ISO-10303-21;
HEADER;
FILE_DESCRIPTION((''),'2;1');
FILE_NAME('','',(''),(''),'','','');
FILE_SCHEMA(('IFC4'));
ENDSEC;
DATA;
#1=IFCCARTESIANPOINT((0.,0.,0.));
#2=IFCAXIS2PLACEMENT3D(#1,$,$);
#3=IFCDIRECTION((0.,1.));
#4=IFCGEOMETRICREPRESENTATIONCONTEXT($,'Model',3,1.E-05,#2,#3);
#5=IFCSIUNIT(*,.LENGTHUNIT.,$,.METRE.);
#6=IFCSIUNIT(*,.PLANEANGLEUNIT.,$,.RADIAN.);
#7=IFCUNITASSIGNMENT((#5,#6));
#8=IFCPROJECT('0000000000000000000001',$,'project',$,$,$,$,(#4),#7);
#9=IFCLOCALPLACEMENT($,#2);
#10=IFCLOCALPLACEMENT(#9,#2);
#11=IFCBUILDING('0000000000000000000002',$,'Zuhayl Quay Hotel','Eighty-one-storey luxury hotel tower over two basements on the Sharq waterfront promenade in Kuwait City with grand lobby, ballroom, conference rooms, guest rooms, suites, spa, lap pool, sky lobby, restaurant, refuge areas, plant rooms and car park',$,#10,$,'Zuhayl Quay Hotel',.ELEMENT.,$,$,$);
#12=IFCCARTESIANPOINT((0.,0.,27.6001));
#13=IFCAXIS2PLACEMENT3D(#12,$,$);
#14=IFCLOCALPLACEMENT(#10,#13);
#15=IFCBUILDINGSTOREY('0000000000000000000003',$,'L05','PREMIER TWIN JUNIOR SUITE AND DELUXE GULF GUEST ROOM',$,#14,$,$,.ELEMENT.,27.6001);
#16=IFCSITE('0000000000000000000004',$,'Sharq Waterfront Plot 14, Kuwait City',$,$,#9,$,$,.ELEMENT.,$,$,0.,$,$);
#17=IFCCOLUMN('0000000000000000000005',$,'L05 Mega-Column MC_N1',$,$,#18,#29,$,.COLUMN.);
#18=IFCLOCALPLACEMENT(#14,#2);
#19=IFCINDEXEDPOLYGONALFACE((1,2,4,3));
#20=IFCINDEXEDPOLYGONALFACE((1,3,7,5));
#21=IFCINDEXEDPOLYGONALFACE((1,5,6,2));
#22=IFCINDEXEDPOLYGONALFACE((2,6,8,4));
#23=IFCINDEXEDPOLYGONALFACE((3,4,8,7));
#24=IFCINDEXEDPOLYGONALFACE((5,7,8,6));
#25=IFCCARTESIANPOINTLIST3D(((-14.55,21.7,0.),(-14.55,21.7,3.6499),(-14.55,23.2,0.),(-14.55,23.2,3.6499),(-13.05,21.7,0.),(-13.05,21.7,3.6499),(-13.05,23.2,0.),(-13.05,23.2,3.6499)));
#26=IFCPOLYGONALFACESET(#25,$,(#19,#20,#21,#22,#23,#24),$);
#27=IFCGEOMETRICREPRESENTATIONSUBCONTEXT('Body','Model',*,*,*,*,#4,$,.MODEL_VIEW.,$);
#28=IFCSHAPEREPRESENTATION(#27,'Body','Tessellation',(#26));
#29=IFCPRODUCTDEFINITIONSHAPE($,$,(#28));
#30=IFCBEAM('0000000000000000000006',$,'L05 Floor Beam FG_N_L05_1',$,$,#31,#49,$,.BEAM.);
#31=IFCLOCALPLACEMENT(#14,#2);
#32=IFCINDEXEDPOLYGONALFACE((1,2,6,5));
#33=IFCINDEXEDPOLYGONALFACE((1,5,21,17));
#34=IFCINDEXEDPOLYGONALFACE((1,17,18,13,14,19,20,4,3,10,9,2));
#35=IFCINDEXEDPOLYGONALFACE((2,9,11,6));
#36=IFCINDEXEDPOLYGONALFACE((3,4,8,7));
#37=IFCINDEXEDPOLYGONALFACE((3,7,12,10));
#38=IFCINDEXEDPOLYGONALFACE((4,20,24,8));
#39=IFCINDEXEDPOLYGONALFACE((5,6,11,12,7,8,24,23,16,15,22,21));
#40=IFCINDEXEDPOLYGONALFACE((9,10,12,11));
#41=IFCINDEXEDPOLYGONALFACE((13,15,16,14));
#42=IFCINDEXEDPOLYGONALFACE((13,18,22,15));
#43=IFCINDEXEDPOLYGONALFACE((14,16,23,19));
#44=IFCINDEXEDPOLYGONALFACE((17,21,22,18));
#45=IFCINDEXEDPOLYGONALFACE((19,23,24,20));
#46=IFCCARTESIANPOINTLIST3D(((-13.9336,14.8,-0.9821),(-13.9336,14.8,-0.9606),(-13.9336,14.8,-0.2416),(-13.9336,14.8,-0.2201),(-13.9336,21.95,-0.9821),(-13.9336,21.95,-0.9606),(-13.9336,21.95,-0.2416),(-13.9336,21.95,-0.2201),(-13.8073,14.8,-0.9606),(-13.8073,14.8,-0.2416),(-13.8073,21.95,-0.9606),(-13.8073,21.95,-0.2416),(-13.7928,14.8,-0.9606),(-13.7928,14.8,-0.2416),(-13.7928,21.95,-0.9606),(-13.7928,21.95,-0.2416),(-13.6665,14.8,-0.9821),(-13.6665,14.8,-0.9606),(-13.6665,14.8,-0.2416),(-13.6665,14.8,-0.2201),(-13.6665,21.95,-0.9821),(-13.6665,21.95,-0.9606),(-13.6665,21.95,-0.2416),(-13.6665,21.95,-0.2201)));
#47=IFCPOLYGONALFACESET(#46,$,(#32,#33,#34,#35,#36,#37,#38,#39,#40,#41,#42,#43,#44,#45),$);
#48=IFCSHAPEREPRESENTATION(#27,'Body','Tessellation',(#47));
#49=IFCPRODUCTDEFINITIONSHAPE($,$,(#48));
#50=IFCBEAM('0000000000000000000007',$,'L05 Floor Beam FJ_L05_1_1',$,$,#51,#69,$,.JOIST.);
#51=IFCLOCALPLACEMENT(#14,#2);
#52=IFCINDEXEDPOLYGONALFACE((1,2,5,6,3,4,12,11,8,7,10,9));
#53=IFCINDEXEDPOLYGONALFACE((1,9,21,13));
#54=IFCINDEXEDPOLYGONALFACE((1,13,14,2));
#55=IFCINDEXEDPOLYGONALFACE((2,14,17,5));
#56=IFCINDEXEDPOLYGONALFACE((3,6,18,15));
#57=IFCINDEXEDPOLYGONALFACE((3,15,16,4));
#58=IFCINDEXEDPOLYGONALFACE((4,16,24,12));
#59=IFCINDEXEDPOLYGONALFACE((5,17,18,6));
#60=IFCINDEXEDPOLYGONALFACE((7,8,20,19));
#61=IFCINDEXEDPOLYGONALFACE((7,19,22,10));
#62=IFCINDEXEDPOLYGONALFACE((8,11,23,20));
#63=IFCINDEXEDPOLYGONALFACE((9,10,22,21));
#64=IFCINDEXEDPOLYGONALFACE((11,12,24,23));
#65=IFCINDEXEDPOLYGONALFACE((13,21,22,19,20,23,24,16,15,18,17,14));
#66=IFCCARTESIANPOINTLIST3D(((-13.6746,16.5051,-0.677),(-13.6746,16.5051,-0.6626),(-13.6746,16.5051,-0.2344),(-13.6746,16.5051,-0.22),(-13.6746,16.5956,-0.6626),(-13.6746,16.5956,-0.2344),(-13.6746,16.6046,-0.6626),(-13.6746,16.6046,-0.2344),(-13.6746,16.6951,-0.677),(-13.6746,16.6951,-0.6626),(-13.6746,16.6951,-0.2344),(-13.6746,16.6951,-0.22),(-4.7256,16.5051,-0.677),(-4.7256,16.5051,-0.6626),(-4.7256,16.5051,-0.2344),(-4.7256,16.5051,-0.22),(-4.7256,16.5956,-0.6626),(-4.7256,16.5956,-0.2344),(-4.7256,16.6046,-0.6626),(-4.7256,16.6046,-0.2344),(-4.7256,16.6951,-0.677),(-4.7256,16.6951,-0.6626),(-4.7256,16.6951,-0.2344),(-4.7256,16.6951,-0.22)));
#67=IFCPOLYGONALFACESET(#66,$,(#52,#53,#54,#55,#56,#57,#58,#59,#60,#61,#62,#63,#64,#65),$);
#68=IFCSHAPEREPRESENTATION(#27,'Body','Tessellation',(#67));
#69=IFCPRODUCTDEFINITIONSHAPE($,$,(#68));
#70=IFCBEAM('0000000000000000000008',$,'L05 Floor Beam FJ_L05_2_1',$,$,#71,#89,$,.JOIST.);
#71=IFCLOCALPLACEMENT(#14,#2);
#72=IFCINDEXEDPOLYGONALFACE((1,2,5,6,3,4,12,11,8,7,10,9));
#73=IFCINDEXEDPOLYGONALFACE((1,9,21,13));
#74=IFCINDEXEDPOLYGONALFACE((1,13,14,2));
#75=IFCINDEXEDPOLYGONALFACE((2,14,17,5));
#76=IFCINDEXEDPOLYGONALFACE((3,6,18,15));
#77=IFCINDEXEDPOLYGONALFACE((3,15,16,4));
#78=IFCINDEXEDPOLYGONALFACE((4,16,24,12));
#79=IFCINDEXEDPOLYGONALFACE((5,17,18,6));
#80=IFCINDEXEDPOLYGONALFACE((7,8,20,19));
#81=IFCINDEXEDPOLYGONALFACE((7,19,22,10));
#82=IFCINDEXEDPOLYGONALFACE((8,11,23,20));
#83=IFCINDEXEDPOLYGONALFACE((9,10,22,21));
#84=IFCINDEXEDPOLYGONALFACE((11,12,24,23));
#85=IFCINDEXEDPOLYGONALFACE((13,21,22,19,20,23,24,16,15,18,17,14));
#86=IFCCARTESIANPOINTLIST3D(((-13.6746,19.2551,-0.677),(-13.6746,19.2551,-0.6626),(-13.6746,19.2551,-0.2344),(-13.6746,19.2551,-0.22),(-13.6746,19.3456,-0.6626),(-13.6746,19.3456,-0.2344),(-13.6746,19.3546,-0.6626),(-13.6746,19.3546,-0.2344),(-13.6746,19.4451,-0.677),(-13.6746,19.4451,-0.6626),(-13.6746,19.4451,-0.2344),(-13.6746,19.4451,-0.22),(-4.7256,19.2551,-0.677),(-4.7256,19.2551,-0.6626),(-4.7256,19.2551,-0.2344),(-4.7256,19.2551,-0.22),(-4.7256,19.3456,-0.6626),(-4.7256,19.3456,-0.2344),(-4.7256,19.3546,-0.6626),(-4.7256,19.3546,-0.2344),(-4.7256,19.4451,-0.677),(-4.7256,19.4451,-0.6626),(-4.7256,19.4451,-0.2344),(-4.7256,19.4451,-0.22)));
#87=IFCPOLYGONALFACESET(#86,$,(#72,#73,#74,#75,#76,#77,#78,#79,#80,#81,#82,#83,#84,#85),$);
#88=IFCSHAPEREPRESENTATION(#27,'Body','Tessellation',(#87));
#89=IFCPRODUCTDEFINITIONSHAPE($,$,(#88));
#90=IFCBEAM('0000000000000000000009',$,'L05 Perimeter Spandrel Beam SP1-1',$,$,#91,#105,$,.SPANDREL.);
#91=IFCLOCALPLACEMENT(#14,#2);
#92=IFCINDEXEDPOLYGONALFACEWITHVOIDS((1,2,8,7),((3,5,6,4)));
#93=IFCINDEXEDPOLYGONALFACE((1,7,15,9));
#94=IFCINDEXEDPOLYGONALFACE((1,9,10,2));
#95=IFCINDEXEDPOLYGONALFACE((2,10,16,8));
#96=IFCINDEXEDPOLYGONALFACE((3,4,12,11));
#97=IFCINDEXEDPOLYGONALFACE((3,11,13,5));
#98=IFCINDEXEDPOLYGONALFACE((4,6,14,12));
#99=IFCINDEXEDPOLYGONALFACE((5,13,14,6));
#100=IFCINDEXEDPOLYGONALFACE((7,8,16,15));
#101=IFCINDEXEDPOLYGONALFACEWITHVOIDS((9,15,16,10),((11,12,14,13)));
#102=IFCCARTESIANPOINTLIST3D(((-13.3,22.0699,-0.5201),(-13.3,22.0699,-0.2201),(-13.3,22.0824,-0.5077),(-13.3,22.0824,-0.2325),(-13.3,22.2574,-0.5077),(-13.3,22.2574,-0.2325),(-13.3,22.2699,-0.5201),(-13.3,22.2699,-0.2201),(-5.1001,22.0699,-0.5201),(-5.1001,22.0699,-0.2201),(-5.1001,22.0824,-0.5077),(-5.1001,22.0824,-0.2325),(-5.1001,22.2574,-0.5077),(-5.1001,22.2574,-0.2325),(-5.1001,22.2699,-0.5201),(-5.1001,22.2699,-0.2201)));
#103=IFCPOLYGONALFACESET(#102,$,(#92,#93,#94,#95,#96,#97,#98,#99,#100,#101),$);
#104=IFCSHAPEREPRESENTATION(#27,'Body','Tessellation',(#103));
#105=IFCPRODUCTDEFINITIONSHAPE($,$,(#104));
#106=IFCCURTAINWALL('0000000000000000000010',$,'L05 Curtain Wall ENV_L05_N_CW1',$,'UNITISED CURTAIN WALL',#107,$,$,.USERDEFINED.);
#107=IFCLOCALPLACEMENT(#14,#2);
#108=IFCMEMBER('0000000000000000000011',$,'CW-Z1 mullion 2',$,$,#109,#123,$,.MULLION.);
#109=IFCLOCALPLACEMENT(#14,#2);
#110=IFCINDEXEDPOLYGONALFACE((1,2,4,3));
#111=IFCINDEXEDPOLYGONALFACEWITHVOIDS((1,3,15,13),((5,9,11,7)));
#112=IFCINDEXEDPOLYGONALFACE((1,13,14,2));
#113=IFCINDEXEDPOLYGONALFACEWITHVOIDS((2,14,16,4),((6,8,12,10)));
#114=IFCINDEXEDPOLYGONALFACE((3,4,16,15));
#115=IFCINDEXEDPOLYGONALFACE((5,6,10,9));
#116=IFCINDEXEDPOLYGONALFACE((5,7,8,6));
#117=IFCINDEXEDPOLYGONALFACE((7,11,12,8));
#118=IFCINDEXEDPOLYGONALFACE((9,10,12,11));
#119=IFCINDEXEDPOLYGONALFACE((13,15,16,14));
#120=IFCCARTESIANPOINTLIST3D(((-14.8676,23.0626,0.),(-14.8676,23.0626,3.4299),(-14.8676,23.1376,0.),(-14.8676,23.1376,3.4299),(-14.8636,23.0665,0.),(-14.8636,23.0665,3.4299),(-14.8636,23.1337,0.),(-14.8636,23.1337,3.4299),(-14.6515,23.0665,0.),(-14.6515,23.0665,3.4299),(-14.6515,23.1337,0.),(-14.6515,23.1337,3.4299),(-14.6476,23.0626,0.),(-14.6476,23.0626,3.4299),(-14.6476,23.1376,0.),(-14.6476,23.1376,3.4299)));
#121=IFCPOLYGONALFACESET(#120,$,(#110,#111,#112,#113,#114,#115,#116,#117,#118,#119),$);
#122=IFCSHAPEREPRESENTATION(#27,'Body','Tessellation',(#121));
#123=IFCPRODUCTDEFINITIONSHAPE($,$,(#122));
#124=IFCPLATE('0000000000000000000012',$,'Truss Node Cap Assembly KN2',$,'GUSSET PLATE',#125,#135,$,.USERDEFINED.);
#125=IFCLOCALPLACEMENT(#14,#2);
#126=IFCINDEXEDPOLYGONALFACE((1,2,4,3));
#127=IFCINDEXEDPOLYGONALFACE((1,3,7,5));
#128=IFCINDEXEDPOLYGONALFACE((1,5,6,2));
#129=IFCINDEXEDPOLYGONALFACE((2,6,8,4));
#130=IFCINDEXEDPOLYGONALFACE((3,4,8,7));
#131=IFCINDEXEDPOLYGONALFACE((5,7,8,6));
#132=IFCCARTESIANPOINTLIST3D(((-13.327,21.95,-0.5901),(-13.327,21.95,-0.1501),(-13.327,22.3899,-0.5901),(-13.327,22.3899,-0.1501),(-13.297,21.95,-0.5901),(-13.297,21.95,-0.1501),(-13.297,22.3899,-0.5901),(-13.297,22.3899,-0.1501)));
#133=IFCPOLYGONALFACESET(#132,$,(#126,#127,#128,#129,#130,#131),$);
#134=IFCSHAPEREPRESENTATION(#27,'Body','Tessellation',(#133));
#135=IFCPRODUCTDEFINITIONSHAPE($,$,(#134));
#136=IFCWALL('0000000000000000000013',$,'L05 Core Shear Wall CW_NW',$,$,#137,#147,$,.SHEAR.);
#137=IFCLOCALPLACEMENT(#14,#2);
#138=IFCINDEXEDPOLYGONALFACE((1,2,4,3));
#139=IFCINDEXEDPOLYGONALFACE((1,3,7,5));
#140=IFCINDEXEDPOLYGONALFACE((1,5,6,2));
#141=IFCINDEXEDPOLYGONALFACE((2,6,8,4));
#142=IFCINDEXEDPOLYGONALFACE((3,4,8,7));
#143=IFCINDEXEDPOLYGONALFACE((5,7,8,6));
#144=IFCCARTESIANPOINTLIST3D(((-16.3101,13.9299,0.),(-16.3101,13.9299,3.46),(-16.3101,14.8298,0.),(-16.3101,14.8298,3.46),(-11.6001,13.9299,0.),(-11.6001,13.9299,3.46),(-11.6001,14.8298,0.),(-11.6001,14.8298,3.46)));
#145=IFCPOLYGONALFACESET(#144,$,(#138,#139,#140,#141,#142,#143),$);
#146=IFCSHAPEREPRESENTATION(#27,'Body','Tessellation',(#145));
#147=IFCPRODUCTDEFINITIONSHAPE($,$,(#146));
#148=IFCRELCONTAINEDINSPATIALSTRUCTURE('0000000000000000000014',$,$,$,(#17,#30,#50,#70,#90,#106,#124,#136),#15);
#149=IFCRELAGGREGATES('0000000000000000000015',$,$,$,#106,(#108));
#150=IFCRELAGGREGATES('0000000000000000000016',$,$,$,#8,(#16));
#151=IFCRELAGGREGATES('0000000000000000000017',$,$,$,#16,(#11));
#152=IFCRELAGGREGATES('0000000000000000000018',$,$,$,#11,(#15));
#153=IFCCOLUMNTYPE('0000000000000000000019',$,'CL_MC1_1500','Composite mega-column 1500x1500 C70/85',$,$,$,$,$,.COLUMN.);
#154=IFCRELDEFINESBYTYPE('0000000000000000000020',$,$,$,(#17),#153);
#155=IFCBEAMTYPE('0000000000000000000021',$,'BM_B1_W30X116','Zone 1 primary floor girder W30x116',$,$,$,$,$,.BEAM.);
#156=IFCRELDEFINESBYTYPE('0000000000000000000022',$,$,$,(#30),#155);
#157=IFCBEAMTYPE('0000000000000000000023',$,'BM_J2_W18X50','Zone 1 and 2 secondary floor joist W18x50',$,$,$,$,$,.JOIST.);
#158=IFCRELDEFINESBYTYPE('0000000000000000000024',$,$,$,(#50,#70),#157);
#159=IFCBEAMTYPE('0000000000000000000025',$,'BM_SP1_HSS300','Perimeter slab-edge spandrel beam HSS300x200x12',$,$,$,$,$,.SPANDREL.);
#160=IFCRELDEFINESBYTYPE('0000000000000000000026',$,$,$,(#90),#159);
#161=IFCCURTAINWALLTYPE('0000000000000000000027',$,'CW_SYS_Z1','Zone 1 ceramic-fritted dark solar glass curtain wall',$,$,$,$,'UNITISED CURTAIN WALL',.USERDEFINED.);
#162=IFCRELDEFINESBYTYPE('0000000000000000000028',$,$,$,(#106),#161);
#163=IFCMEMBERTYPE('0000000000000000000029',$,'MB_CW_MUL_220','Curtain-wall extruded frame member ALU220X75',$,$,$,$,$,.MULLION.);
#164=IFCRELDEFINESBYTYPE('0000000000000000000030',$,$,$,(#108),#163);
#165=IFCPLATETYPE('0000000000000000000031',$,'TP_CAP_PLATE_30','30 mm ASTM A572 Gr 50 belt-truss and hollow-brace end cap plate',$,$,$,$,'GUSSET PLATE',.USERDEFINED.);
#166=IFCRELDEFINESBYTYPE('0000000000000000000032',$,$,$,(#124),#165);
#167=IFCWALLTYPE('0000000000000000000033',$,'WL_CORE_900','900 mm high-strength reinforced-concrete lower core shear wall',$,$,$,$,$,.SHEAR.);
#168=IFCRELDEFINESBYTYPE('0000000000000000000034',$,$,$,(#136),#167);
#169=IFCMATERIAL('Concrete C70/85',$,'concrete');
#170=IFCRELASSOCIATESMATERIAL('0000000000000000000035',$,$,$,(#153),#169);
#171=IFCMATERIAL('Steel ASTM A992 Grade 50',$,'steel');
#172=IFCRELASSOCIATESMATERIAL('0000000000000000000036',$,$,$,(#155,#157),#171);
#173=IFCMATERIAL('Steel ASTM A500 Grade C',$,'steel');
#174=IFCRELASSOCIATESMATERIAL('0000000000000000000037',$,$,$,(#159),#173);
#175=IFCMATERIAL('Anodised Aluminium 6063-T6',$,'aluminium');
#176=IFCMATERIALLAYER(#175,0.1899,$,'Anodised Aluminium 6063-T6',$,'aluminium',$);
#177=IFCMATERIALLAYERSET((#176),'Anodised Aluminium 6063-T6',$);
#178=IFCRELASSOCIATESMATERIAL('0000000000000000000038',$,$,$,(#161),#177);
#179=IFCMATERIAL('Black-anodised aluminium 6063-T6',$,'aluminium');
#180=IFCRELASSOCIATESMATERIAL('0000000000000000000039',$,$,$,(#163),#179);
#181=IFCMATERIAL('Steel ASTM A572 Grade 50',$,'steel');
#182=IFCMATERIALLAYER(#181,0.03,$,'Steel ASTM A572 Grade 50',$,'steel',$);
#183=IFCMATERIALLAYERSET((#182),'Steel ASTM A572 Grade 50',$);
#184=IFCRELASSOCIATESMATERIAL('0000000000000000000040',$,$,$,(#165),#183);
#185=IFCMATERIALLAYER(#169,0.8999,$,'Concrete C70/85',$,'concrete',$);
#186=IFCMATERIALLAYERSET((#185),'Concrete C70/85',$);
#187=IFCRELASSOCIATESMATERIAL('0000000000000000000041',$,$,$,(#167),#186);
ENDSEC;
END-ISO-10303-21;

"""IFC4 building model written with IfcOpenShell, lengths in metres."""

from ifc_helpers import new_model, si_unit, direction, frame, frame_2d, origin, origin_2d, place, context, subcontext, project, spatial, rectangle, hollow_rectangle, i_section, extrude, material, layer, layer_set, material_profile, profile_set, type_object, element, aggregate, save


model = new_model("IFC4")

# Units and contexts
model_context = context("Model", 3, precision=1e-05, world=origin(), true_north=direction((0.0, 1.0)))
body_context = subcontext(model_context, "Body", "Model", "MODEL_VIEW")
ifc_project = project(units=[si_unit("LENGTHUNIT", "METRE"), si_unit("PLANEANGLEUNIT", "RADIAN")], contexts=[model_context])

# Site, building, storey
site_placement = place(None, origin())
site = spatial("IfcSite", under=ifc_project, at=site_placement, Name="Sharq Waterfront Plot 14, Kuwait City", CompositionType="ELEMENT", RefElevation=0.0)
building_placement = place(site_placement, origin())
building = spatial("IfcBuilding", under=site, at=building_placement, Name="Zuhayl Quay Hotel", Description="Eighty-one-storey luxury hotel tower over two basements on the Sharq waterfront promenade in Kuwait City with grand lobby, ballroom, conference rooms, guest rooms, suites, spa, lap pool, sky lobby, restaurant, refuge areas, plant rooms and car park", LongName="Zuhayl Quay Hotel", CompositionType="ELEMENT")
storey_placement = place(building_placement, frame((0.0, 0.0, 27.6001)))
storey = spatial("IfcBuildingStorey", under=building, at=storey_placement, Name="L05", Description="PREMIER TWIN JUNIOR SUITE AND DELUXE GULF GUEST ROOM", CompositionType="ELEMENT", Elevation=27.6001)

# Column
ifc_material_1 = material(Name="Concrete C70/85", Category="concrete")
ifc_material_profile_1 = material_profile(ifc_material_1, rectangle(XDim=1.5, YDim=1.5, at=origin_2d()), Name="RC1500X1500")
ifc_profile_set_1 = profile_set([ifc_material_profile_1], Name="Concrete C70/85")
column_type = type_object("IfcColumnType", Name="CL_MC1_1500", Description="Composite mega-column 1500x1500 C70/85", PredefinedType="COLUMN", material=ifc_profile_set_1)
column_placement = place(storey_placement, frame((-13.8, 22.45, 0.0), z_axis=(0.0, 0.0, 1.0), x_axis=(1.0, 0.0, 0.0)))
element("IfcColumn", 1, at=column_placement, inside=storey, type_object=column_type, Name="L05 Mega-Column MC_N1", PredefinedType="COLUMN", context=body_context, shape_type="SweptSolid", body=[
    extrude(rectangle(XDim=1.5, YDim=1.5, at=origin_2d()), origin(), (0.0, 0.0, 1.0), 3.6499),
])

# Beams
ifc_material_2 = material(Name="Steel ASTM A992 Grade 50", Category="steel")
ifc_material_profile_2 = material_profile(ifc_material_2, i_section(OverallWidth=0.2671, OverallDepth=0.762, WebThickness=0.0144, FlangeThickness=0.0215, at=origin_2d()), Name="W30X116")
ifc_profile_set_2 = profile_set([ifc_material_profile_2], Name="Steel ASTM A992 Grade 50")
beam_type_1 = type_object("IfcBeamType", Name="BM_B1_W30X116", Description="Zone 1 primary floor girder W30x116", PredefinedType="BEAM", material=ifc_profile_set_2)
beam_1_placement = place(storey_placement, frame((-13.8, 14.8, -0.6011), z_axis=(0.0, 1.0, 0.0), x_axis=(-1.0, 0.0, 0.0)))
element("IfcBeam", 2, at=beam_1_placement, inside=storey, type_object=beam_type_1, Name="L05 Floor Beam FG_N_L05_1", PredefinedType="BEAM", context=body_context, shape_type="SweptSolid", body=[
    extrude(i_section(OverallWidth=0.2671, OverallDepth=0.762, WebThickness=0.0144, FlangeThickness=0.0215, at=origin_2d()), origin(), (0.0, 0.0, 1.0), 7.1499),
])
ifc_material_profile_3 = material_profile(ifc_material_2, i_section(OverallWidth=0.1899, OverallDepth=0.457, WebThickness=0.009, FlangeThickness=0.0144, at=origin_2d()), Name="W18X50")
ifc_profile_set_3 = profile_set([ifc_material_profile_3], Name="Steel ASTM A992 Grade 50")
beam_type_2 = type_object("IfcBeamType", Name="BM_J2_W18X50", Description="Zone 1 and 2 secondary floor joist W18x50", PredefinedType="JOIST", material=ifc_profile_set_3)
for number, where, z_axis, x_axis, name in (
    (3, (-13.6746, 16.6001, -0.4485), (1.0, 0.0, 0.0), (0.0, 1.0, 0.0), "L05 Floor Beam FJ_L05_1_1"),
    (4, (-13.6746, 19.3501, -0.4485), (1.0, 0.0, 0.0), (0.0, 1.0, 0.0), "L05 Floor Beam FJ_L05_2_1"),
):
    element("IfcBeam", number, at=place(storey_placement, frame(where, z_axis=z_axis, x_axis=x_axis)), inside=storey, type_object=beam_type_2, Name=name, PredefinedType="JOIST", context=body_context, shape_type="SweptSolid", body=[
        extrude(i_section(OverallWidth=0.1899, OverallDepth=0.457, WebThickness=0.009, FlangeThickness=0.0144, at=origin_2d()), origin(), (0.0, 0.0, 1.0), 8.949),
    ])
ifc_material_3 = material(Name="Steel ASTM A500 Grade C", Category="steel")
ifc_material_profile_4 = material_profile(ifc_material_3, hollow_rectangle(XDim=0.2, YDim=0.3, WallThickness=0.0125, at=origin_2d()), Name="HSS300X200X12")
ifc_profile_set_4 = profile_set([ifc_material_profile_4], Name="Steel ASTM A500 Grade C")
beam_type_3 = type_object("IfcBeamType", Name="BM_SP1_HSS300", Description="Perimeter slab-edge spandrel beam HSS300x200x12", PredefinedType="SPANDREL", material=ifc_profile_set_4)
beam_2_placement = place(storey_placement, frame((-13.3, 22.1699, -0.3701), z_axis=(1.0, 0.0, 0.0), x_axis=(0.0, 1.0, 0.0)))
element("IfcBeam", 5, at=beam_2_placement, inside=storey, type_object=beam_type_3, Name="L05 Perimeter Spandrel Beam SP1-1", PredefinedType="SPANDREL", context=body_context, shape_type="SweptSolid", body=[
    extrude(hollow_rectangle(XDim=0.2, YDim=0.3, WallThickness=0.0125, at=origin_2d()), origin(), (0.0, 0.0, 1.0), 8.2),
])

# Curtain wall, member
ifc_material_4 = material(Name="Anodised Aluminium 6063-T6", Category="aluminium")
ifc_layer_1 = layer(ifc_material_4, 0.1899, Name="Anodised Aluminium 6063-T6", Category="aluminium")
ifc_layer_set_1 = layer_set([ifc_layer_1], Name="Anodised Aluminium 6063-T6")
curtain_wall_type = type_object("IfcCurtainWallType", Name="CW_SYS_Z1", Description="Zone 1 ceramic-fritted dark solar glass curtain wall", ElementType="UNITISED CURTAIN WALL", PredefinedType="USERDEFINED", material=ifc_layer_set_1)
curtain_wall_placement = place(storey_placement, origin())
curtain_wall = element("IfcCurtainWall", 6, at=curtain_wall_placement, inside=storey, type_object=curtain_wall_type, Name="L05 Curtain Wall ENV_L05_N_CW1", ObjectType="UNITISED CURTAIN WALL", PredefinedType="USERDEFINED")
ifc_material_5 = material(Name="Black-anodised aluminium 6063-T6", Category="aluminium")
ifc_material_profile_5 = material_profile(ifc_material_5, hollow_rectangle(XDim=0.075, YDim=0.22, WallThickness=0.0039, at=origin_2d()), Name="ALU220X75")
ifc_profile_set_5 = profile_set([ifc_material_profile_5], Name="Black-anodised aluminium 6063-T6")
member_type = type_object("IfcMemberType", Name="MB_CW_MUL_220", Description="Curtain-wall extruded frame member ALU220X75", PredefinedType="MULLION", material=ifc_profile_set_5)
member_placement = place(storey_placement, frame((-14.7576, 23.1001, 0.0), z_axis=(0.0, 0.0, 1.0), x_axis=(0.0, 1.0, 0.0)))
member = element("IfcMember", 7, at=member_placement, type_object=member_type, Name="CW-Z1 mullion 2", PredefinedType="MULLION", context=body_context, shape_type="SweptSolid", body=[
    extrude(hollow_rectangle(XDim=0.075, YDim=0.22, WallThickness=0.0039, at=origin_2d()), origin(), (0.0, 0.0, 1.0), 3.4299),
])
aggregate(curtain_wall, [member])

# Plate
ifc_material_6 = material(Name="Steel ASTM A572 Grade 50", Category="steel")
ifc_layer_2 = layer(ifc_material_6, 0.03, Name="Steel ASTM A572 Grade 50", Category="steel")
ifc_layer_set_2 = layer_set([ifc_layer_2], Name="Steel ASTM A572 Grade 50")
plate_type = type_object("IfcPlateType", Name="TP_CAP_PLATE_30", Description="30 mm ASTM A572 Gr 50 belt-truss and hollow-brace end cap plate", ElementType="GUSSET PLATE", PredefinedType="USERDEFINED", material=ifc_layer_set_2)
plate_placement = place(storey_placement, frame((-13.312, 22.1699, -0.5901), z_axis=(0.0, 0.0, 1.0), x_axis=(-1.0, 0.0, 0.0)))
element("IfcPlate", 8, at=plate_placement, inside=storey, type_object=plate_type, Name="Truss Node Cap Assembly KN2", ObjectType="GUSSET PLATE", PredefinedType="USERDEFINED", context=body_context, shape_type="SweptSolid", body=[
    extrude(rectangle(XDim=0.03, YDim=0.4399, at=origin_2d()), origin(), (0.0, 0.0, 1.0), 0.4399),
])

# Wall
ifc_layer_3 = layer(ifc_material_1, 0.8999, Name="Concrete C70/85", Category="concrete")
ifc_layer_set_3 = layer_set([ifc_layer_3], Name="Concrete C70/85")
wall_type_1 = type_object("IfcWallType", Name="WL_CORE_900", Description="900 mm high-strength reinforced-concrete lower core shear wall", PredefinedType="SHEAR", material=ifc_layer_set_3)
wall_1_placement = place(storey_placement, frame((-16.3101, 14.3799, 0.0), z_axis=(0.0, 0.0, 1.0), x_axis=(1.0, 0.0, 0.0)))
element("IfcWall", 9, at=wall_1_placement, inside=storey, type_object=wall_type_1, Name="L05 Core Shear Wall CW_NW", PredefinedType="SHEAR", context=body_context, shape_type="SweptSolid", body=[
    extrude(rectangle(XDim=4.71, YDim=0.8999, at=frame_2d((2.355, 0.0))), origin(), (0.0, 0.0, 1.0), 3.46),
])

save(model, "model.ifc")
